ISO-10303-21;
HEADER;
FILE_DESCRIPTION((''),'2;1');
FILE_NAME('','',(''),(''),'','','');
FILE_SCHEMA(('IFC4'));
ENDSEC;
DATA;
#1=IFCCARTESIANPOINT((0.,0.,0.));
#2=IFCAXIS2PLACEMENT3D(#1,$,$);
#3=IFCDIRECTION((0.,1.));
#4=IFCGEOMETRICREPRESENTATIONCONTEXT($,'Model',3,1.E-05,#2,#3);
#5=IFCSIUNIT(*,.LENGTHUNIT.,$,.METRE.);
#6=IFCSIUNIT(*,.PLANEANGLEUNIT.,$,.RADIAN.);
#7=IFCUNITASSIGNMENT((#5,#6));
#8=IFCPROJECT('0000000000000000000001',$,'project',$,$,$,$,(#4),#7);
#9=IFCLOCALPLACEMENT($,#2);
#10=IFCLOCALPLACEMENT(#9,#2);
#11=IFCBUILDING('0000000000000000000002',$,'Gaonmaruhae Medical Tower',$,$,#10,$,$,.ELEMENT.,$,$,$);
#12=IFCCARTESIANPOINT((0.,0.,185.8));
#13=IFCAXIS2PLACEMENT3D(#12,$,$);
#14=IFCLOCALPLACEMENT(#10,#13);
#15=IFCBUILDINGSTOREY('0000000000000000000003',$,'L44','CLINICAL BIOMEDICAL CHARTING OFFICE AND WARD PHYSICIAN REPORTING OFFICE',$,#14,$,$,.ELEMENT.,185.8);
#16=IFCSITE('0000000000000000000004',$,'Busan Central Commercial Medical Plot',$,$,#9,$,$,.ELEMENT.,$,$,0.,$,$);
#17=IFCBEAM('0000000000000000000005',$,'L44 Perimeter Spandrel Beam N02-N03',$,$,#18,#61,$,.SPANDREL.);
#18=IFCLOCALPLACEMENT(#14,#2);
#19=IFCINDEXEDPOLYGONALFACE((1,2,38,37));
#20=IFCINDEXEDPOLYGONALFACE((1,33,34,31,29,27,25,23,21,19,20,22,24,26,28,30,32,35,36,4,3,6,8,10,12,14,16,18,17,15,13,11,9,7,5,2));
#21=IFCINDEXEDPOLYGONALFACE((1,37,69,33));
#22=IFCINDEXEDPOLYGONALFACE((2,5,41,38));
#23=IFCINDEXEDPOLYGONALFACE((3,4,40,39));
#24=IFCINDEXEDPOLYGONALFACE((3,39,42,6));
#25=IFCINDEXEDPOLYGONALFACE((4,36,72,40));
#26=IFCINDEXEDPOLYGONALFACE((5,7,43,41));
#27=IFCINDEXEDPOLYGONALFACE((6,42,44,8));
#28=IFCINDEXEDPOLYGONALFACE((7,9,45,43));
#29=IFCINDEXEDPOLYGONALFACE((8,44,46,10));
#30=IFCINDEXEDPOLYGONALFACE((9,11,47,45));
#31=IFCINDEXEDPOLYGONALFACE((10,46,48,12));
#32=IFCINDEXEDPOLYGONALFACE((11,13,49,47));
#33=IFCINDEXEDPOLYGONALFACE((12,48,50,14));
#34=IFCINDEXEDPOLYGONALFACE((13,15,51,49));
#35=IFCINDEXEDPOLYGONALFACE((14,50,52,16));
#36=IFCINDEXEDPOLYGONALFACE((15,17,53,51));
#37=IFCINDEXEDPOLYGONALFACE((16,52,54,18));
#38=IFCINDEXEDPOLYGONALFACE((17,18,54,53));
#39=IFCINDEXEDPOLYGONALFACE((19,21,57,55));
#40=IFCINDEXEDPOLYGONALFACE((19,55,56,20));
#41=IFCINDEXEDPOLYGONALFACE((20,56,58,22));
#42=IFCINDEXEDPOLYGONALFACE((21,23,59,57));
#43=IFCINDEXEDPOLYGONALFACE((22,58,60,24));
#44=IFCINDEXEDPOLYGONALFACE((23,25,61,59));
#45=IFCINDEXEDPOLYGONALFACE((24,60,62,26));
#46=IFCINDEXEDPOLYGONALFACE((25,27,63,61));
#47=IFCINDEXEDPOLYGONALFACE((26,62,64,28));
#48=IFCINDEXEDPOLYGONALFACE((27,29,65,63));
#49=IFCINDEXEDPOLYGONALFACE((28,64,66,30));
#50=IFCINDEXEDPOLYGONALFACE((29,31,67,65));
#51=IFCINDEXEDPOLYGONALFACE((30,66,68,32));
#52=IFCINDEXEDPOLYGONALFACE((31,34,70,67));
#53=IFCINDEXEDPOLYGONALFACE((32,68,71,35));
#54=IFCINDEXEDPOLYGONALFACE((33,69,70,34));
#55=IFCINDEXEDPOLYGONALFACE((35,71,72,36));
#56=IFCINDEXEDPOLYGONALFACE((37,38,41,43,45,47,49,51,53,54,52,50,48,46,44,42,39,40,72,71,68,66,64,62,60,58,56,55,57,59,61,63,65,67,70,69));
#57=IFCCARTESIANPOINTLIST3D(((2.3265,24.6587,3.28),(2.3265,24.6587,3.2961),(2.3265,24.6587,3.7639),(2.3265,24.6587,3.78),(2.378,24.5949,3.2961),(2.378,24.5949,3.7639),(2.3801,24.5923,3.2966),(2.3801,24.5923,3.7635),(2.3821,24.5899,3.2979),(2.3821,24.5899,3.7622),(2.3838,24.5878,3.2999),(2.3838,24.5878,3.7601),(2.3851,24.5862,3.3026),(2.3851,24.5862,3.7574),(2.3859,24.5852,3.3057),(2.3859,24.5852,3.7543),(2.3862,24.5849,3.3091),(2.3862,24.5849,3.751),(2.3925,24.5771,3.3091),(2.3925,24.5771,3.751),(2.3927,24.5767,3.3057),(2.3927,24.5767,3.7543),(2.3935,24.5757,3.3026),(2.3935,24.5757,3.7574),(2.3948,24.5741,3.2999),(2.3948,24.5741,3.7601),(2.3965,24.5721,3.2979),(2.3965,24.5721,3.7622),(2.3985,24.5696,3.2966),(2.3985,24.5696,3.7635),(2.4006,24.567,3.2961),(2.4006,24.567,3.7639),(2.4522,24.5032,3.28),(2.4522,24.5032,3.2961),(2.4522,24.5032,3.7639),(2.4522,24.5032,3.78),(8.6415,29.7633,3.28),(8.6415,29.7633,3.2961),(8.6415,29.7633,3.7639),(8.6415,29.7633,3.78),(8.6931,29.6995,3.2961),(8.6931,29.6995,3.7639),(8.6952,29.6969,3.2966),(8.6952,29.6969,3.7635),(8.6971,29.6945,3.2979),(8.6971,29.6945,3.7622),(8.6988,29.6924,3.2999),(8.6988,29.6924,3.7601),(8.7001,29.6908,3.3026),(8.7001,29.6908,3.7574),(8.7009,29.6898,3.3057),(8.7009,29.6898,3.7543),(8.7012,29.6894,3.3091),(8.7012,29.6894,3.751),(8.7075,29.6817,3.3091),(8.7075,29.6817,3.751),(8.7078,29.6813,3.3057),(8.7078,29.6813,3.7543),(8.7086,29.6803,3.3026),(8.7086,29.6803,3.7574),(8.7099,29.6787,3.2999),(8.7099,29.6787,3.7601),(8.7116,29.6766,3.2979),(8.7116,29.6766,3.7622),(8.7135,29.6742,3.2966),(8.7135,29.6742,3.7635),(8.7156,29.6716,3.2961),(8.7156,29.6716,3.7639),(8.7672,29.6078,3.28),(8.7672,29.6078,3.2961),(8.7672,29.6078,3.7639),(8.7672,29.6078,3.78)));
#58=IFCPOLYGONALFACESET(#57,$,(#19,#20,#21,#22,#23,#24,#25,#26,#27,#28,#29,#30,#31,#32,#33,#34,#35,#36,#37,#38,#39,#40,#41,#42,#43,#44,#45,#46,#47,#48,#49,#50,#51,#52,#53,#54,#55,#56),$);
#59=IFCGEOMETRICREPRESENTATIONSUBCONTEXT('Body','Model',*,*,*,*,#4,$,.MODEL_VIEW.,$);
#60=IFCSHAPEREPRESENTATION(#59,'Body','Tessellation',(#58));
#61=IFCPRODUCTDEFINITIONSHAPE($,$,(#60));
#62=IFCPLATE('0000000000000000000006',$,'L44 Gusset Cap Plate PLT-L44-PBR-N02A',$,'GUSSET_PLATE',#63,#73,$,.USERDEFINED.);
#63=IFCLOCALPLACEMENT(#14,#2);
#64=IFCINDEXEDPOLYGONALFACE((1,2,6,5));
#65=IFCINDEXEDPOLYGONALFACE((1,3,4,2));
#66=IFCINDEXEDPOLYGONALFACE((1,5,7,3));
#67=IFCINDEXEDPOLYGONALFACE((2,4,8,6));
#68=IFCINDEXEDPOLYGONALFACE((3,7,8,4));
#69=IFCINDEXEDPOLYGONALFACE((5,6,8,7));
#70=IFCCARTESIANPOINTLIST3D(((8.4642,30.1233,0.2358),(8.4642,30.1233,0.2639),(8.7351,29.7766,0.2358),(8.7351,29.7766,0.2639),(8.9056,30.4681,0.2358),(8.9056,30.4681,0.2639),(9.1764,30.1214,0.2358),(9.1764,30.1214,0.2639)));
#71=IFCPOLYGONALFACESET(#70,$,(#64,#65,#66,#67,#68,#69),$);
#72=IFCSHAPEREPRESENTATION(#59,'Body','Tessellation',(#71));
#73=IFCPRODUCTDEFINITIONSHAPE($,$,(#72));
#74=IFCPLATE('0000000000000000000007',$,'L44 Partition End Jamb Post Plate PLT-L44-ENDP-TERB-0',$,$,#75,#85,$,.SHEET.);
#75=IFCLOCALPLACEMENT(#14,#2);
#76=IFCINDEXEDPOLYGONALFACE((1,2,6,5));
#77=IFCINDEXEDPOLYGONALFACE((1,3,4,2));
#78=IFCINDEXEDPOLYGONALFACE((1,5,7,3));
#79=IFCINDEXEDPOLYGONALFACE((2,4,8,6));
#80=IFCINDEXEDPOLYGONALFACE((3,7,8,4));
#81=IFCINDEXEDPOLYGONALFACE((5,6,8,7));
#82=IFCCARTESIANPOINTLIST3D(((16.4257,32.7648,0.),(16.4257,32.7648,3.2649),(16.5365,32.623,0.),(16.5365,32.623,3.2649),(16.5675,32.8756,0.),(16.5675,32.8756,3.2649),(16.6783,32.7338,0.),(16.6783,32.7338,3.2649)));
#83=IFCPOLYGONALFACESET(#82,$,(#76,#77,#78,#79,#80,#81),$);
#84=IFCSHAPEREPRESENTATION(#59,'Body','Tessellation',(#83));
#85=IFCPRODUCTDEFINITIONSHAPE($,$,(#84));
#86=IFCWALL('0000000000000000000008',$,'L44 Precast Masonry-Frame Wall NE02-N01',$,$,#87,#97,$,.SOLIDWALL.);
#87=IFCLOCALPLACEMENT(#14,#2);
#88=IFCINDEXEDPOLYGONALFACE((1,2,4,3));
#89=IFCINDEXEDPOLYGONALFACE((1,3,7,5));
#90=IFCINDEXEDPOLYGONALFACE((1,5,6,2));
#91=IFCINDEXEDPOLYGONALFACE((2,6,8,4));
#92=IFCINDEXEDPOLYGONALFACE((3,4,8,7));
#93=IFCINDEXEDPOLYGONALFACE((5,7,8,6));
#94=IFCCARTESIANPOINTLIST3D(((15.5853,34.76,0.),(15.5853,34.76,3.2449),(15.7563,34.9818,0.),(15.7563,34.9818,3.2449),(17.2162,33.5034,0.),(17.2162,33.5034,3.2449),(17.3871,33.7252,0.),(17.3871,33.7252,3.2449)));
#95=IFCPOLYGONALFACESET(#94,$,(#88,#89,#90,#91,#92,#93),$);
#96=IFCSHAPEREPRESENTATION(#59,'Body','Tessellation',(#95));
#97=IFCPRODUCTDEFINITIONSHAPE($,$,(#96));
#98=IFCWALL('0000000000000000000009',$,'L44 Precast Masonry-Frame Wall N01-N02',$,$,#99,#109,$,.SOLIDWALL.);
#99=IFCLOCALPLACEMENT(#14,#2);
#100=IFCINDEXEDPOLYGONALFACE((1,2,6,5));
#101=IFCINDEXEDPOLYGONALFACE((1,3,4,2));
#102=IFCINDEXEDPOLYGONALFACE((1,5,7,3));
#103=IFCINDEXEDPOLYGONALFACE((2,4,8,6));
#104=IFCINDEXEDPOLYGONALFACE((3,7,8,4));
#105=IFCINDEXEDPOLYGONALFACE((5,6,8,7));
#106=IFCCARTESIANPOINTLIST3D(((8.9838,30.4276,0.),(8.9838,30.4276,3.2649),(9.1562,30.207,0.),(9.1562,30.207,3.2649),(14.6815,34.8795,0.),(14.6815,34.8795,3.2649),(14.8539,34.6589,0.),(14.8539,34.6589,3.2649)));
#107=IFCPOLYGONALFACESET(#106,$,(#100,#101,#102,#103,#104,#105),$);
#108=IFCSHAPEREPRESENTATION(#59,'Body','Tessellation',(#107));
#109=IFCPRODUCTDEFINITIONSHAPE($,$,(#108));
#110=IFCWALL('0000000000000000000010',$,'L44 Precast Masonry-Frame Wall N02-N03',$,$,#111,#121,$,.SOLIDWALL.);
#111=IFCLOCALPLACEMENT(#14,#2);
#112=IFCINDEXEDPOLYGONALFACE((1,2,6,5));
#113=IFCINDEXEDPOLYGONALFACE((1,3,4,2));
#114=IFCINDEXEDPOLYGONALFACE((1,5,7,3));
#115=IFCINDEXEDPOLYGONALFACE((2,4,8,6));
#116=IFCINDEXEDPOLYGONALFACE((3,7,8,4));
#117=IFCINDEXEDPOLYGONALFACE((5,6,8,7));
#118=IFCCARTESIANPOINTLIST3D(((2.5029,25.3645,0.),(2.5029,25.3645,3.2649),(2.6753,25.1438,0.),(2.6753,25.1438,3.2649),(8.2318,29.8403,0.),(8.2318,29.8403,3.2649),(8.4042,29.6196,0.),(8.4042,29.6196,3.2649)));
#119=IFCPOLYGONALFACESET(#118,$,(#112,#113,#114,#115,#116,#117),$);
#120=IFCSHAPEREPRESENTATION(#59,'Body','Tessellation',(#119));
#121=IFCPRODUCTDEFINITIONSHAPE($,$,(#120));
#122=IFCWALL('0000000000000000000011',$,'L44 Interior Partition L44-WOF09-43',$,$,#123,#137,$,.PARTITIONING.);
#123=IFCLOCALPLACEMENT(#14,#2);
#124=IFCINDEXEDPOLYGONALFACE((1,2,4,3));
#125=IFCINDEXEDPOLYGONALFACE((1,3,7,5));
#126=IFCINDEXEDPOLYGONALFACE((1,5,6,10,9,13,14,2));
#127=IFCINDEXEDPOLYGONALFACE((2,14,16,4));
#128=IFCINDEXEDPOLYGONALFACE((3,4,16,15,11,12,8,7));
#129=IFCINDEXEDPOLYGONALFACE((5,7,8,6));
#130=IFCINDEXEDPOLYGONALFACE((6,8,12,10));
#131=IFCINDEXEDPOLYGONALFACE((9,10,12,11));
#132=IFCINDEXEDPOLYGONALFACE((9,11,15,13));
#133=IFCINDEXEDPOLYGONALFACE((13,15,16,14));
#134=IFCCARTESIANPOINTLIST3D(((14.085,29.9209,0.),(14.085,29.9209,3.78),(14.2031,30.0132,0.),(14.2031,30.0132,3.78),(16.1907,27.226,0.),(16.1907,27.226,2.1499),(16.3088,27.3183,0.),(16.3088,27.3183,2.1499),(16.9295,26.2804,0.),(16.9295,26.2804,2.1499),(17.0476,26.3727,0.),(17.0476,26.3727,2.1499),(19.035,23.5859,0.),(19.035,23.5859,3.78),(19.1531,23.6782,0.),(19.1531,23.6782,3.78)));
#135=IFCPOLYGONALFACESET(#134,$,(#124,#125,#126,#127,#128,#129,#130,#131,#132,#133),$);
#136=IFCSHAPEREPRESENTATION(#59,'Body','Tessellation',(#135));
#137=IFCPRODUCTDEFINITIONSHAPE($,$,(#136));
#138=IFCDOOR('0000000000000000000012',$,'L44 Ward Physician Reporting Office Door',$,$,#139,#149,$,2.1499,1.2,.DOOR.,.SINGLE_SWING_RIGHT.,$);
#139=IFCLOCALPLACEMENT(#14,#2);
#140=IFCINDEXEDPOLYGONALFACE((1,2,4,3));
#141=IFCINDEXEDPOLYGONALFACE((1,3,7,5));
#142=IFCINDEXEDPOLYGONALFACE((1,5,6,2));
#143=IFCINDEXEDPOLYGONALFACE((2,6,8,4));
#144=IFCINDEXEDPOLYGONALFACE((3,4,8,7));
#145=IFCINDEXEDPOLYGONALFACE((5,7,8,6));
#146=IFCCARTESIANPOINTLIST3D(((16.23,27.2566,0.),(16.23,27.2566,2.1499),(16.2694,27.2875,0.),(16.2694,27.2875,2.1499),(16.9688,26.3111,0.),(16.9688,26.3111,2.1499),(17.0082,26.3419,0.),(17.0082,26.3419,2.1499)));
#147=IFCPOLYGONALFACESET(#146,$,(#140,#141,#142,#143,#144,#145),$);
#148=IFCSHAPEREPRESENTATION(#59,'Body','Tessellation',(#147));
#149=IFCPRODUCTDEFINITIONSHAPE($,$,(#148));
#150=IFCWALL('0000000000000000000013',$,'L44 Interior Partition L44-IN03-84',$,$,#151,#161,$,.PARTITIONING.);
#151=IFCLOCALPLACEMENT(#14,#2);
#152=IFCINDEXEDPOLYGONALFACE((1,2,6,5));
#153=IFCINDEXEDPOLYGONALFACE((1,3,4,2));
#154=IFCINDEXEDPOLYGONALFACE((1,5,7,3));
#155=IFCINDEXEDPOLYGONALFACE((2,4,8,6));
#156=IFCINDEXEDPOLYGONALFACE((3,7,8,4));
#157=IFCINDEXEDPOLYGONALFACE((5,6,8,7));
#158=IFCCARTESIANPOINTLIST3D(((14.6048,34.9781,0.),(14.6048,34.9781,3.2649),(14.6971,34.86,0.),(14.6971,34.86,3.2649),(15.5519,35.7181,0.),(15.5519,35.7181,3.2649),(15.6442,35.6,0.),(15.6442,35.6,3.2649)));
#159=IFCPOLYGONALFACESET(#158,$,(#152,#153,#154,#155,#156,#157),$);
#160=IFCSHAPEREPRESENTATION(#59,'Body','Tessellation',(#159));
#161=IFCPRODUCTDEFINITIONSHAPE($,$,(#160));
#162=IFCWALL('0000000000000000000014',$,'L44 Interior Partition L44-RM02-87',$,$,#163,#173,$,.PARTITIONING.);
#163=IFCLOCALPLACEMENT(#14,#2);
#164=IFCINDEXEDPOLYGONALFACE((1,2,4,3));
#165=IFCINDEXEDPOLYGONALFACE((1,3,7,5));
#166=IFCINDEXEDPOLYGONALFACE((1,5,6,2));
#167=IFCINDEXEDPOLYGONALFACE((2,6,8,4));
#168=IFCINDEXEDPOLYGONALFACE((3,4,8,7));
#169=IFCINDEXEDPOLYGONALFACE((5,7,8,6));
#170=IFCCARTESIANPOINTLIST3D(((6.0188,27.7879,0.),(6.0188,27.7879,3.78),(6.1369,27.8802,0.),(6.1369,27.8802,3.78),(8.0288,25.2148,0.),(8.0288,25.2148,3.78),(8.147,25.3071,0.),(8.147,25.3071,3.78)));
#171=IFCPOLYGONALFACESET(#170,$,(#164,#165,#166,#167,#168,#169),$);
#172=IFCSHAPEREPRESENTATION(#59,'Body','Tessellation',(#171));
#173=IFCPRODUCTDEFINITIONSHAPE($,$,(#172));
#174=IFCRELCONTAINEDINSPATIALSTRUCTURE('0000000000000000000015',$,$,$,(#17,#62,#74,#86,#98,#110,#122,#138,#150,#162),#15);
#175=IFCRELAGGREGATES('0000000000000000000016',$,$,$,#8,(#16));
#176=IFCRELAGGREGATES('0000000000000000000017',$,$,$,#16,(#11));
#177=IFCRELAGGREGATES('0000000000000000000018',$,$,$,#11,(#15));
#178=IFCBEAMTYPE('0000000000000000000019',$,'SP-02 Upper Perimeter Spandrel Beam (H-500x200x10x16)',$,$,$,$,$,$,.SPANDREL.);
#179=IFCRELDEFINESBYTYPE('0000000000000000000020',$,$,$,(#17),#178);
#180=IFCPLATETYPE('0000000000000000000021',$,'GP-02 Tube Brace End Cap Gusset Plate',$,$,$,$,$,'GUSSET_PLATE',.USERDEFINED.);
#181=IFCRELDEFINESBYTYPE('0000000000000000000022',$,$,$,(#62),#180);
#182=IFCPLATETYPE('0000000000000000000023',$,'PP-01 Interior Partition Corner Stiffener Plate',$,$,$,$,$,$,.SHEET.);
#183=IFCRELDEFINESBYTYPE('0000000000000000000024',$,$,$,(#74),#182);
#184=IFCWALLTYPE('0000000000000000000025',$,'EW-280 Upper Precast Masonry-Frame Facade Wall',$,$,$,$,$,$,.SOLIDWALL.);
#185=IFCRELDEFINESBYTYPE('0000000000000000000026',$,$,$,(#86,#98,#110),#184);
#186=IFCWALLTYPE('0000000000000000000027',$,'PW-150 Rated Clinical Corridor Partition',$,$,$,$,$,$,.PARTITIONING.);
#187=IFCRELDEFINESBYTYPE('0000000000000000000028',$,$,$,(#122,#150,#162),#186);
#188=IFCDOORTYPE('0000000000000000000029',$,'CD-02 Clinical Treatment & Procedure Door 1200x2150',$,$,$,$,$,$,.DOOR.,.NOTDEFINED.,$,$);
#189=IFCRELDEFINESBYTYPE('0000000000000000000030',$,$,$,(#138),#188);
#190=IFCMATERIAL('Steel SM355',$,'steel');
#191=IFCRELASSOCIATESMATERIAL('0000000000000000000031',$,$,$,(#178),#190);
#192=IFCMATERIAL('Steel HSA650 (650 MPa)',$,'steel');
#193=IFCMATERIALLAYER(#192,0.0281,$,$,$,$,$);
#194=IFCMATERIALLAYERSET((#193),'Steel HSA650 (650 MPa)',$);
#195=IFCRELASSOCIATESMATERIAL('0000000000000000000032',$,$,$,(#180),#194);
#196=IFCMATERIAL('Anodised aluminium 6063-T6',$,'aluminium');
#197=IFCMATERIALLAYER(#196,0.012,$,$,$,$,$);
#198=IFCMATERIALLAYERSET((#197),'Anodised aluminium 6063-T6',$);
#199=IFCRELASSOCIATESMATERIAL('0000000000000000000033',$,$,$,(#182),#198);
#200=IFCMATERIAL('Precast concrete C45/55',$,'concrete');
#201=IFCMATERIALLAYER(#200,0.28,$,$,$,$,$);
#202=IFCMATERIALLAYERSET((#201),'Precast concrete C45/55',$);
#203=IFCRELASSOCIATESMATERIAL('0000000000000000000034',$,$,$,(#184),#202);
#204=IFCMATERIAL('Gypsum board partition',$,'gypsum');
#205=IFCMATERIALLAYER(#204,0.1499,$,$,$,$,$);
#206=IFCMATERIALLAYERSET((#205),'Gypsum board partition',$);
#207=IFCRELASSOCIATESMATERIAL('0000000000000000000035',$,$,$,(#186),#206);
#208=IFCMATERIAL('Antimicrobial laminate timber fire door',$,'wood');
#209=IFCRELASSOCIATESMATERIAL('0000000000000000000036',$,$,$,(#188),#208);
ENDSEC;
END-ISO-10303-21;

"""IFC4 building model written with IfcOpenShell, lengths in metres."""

from ifc_helpers import new_model, si_unit, direction, frame, frame_2d, origin, origin_2d, place, context, subcontext, project, spatial, rectangle, i_section, extrude, material, layer, layer_set, material_profile, profile_set, type_object, element, fill, save


model = new_model("IFC4")

# Units and contexts
model_context = context("Model", 3, precision=1e-05, world=origin(), true_north=direction((0.0, 1.0)))
body_context = subcontext(model_context, "Body", "Model", "MODEL_VIEW")
ifc_project = project(units=[si_unit("LENGTHUNIT", "METRE"), si_unit("PLANEANGLEUNIT", "RADIAN")], contexts=[model_context])

# Site, building, storey
site_placement = place(None, origin())
site = spatial("IfcSite", under=ifc_project, at=site_placement, Name="Busan Central Commercial Medical Plot", CompositionType="ELEMENT", RefElevation=0.0)
building_placement = place(site_placement, origin())
building = spatial("IfcBuilding", under=site, at=building_placement, Name="Gaonmaruhae Medical Tower", CompositionType="ELEMENT")
storey_placement = place(building_placement, frame((0.0, 0.0, 185.8)))
storey = spatial("IfcBuildingStorey", under=building, at=storey_placement, Name="L44", Description="CLINICAL BIOMEDICAL CHARTING OFFICE AND WARD PHYSICIAN REPORTING OFFICE", CompositionType="ELEMENT", Elevation=185.8)

# Shared definitions
ifc_material_1 = material(Name="Steel SM355", Category="steel")

# Beam
ifc_material_profile_1 = material_profile(ifc_material_1, i_section(OverallWidth=0.2, OverallDepth=0.5, WebThickness=0.01, FlangeThickness=0.0161, FilletRadius=0.0129, at=origin_2d()), Name="H-500x200x10x16")
ifc_profile_set_1 = profile_set([ifc_material_profile_1], Name="Steel SM355")
beam_type_1 = type_object("IfcBeamType", Name="SP-02 Upper Perimeter Spandrel Beam (H-500x200x10x16)", PredefinedType="SPANDREL", material=ifc_profile_set_1)
beam_1_placement = place(storey_placement, frame((8.7043, 29.6855, 3.53), z_axis=(-0.777703, -0.628632, 0.0), x_axis=(0.628632, -0.777703, 0.0)))
element("IfcBeam", 1, at=beam_1_placement, inside=storey, type_object=beam_type_1, Name="L44 Perimeter Spandrel Beam N02-N03", PredefinedType="SPANDREL", context=body_context, shape_type="SweptSolid", body=[
    extrude(i_section(OverallWidth=0.2, OverallDepth=0.5, WebThickness=0.01, FlangeThickness=0.0161, FilletRadius=0.0129, at=origin_2d()), origin(), (0.0, 0.0, 1.0), 8.1201),
])

# Plates
ifc_material_2 = material(Name="Steel HSA650 (650 MPa)", Category="steel")
ifc_layer_1 = layer(ifc_material_2, 0.0281)
ifc_layer_set_1 = layer_set([ifc_layer_1], Name="Steel HSA650 (650 MPa)")
plate_type_1 = type_object("IfcPlateType", Name="GP-02 Tube Brace End Cap Gusset Plate", ElementType="GUSSET_PLATE", PredefinedType="USERDEFINED", material=ifc_layer_set_1)
plate_1_placement = place(storey_placement, frame((8.8203, 30.1223, 0.2358), z_axis=(0.0, 0.0, 1.0), x_axis=(0.788011, 0.615661, 0.0)))
element("IfcPlate", 2, at=plate_1_placement, inside=storey, type_object=plate_type_1, Name="L44 Gusset Cap Plate PLT-L44-PBR-N02A", ObjectType="GUSSET_PLATE", PredefinedType="USERDEFINED", context=body_context, shape_type="SweptSolid", body=[
    extrude(rectangle(XDim=0.5601, YDim=0.4399, at=origin_2d()), origin(), (0.0, 0.0, 1.0), 0.0281),
])
ifc_material_3 = material(Name="Anodised aluminium 6063-T6", Category="aluminium")
ifc_layer_2 = layer(ifc_material_3, 0.012)
ifc_layer_set_2 = layer_set([ifc_layer_2], Name="Anodised aluminium 6063-T6")
plate_type_2 = type_object("IfcPlateType", Name="PP-01 Interior Partition Corner Stiffener Plate", PredefinedType="SHEET", material=ifc_layer_set_2)
plate_2_placement = place(storey_placement, frame((16.552, 32.7493, 0.0), z_axis=(0.0, 0.0, 1.0), x_axis=(0.615661, -0.788011, 0.0)))
element("IfcPlate", 3, at=plate_2_placement, inside=storey, type_object=plate_type_2, Name="L44 Partition End Jamb Post Plate PLT-L44-ENDP-TERB-0", PredefinedType="SHEET", context=body_context, shape_type="SweptSolid", body=[
    extrude(rectangle(XDim=0.1799, YDim=0.1799, at=origin_2d()), origin(), (0.0, 0.0, 1.0), 3.2649),
])

# Walls
ifc_material_4 = material(Name="Precast concrete C45/55", Category="concrete")
ifc_layer_3 = layer(ifc_material_4, 0.28)
ifc_layer_set_3 = layer_set([ifc_layer_3], Name="Precast concrete C45/55")
wall_type_1 = type_object("IfcWallType", Name="EW-280 Upper Precast Masonry-Frame Facade Wall", PredefinedType="SOLIDWALL", material=ifc_layer_set_3)
wall_1_placement = place(storey_placement, frame((15.6709, 34.8708, 0.0), z_axis=(0.0, 0.0, 1.0), x_axis=(0.792134, -0.610347, 0.0)))
element("IfcWall", 4, at=wall_1_placement, inside=storey, type_object=wall_type_1, Name="L44 Precast Masonry-Frame Wall NE02-N01", PredefinedType="SOLIDWALL", context=body_context, shape_type="SweptSolid", body=[
    extrude(rectangle(XDim=2.0588, YDim=0.28, at=frame_2d((1.0293, 0.0))), origin(), (0.0, 0.0, 1.0), 3.2449),
])
wall_2_placement = place(storey_placement, frame((9.0701, 30.3174, 0.0), z_axis=(0.0, 0.0, 1.0), x_axis=(0.787989, 0.61569, 0.0)))
element("IfcWall", 5, at=wall_2_placement, inside=storey, type_object=wall_type_1, Name="L44 Precast Masonry-Frame Wall N01-N02", PredefinedType="SOLIDWALL", context=body_context, shape_type="SweptSolid", body=[
    extrude(rectangle(XDim=7.2307, YDim=0.28, at=frame_2d((3.6152, 0.0))), origin(), (0.0, 0.0, 1.0), 3.2649),
])
wall_3_placement = place(storey_placement, frame((2.5891, 25.2542, 0.0), z_axis=(0.0, 0.0, 1.0), x_axis=(0.788021, 0.615648, 0.0)))
element("IfcWall", 6, at=wall_3_placement, inside=storey, type_object=wall_type_1, Name="L44 Precast Masonry-Frame Wall N02-N03", PredefinedType="SOLIDWALL", context=body_context, shape_type="SweptSolid", body=[
    extrude(rectangle(XDim=7.27, YDim=0.28, at=frame_2d((3.635, 0.0))), origin(), (0.0, 0.0, 1.0), 3.2649),
])

# Wall, opening, door
ifc_material_5 = material(Name="Gypsum board partition", Category="gypsum")
ifc_layer_4 = layer(ifc_material_5, 0.1499)
ifc_layer_set_4 = layer_set([ifc_layer_4], Name="Gypsum board partition")
wall_type_2 = type_object("IfcWallType", Name="PW-150 Rated Clinical Corridor Partition", PredefinedType="PARTITIONING", material=ifc_layer_set_4)
wall_4_placement = place(storey_placement, frame((14.144, 29.967, 0.0), z_axis=(0.0, 0.0, 1.0), x_axis=(0.615703, -0.787978, 0.0)))
wall_4 = element("IfcWall", 7, at=wall_4_placement, inside=storey, type_object=wall_type_2, Name="L44 Interior Partition L44-WOF09-43", PredefinedType="PARTITIONING", context=body_context, shape_type="SweptSolid", body=[
    extrude(rectangle(XDim=8.0396, YDim=0.1499, at=frame_2d((4.0198, 0.0))), origin(), (0.0, 0.0, 1.0), 3.78),
])
opening_placement = place(wall_4_placement, frame((3.4199, 0.0, 0.0)))
opening = element("IfcOpeningElement", 8, at=opening_placement, cuts=wall_4, PredefinedType="OPENING", context=body_context, shape_type="SweptSolid", body=[
    extrude(rectangle(XDim=1.2, YDim=2.1499, at=frame_2d((0.6001, 1.075))), frame((0.0, 0.085, 0.0), z_axis=(0.0, -1.0, 0.0), x_axis=(1.0, 0.0, 0.0)), (0.0, 0.0, 1.0), 0.1699),
])
ifc_material_6 = material(Name="Antimicrobial laminate timber fire door", Category="wood")
door_type = type_object("IfcDoorType", Name="CD-02 Clinical Treatment & Procedure Door 1200x2150", OperationType="NOTDEFINED", PredefinedType="DOOR", material=ifc_material_6)
door_placement = place(opening_placement, origin())
door = element("IfcDoor", 9, at=door_placement, inside=storey, type_object=door_type, Name="L44 Ward Physician Reporting Office Door", OperationType="SINGLE_SWING_RIGHT", OverallHeight=2.1499, OverallWidth=1.2, PredefinedType="DOOR", context=body_context, shape_type="SweptSolid", body=[
    extrude(rectangle(XDim=1.2, YDim=2.1499, at=frame_2d((0.6001, 1.075))), frame((0.0, 0.0249, 0.0), z_axis=(0.0, -1.0, 0.0), x_axis=(1.0, 0.0, 0.0)), (0.0, 0.0, 1.0), 0.05),
])
fill(opening, door)

# Walls
wall_5_placement = place(storey_placement, frame((14.6509, 34.9189, 0.0), z_axis=(0.0, 0.0, 1.0), x_axis=(0.787972, 0.615711, 0.0)))
element("IfcWall", 10, at=wall_5_placement, inside=storey, type_object=wall_type_2, Name="L44 Interior Partition L44-IN03-84", PredefinedType="PARTITIONING", context=body_context, shape_type="SweptSolid", body=[
    extrude(rectangle(XDim=1.2019, YDim=0.1499, at=frame_2d((0.6011, 0.0))), origin(), (0.0, 0.0, 1.0), 3.2649),
])
wall_6_placement = place(storey_placement, frame((8.0879, 25.261, 0.0), z_axis=(0.0, 0.0, 1.0), x_axis=(-0.615616, 0.788046, 0.0)))
element("IfcWall", 11, at=wall_6_placement, inside=storey, type_object=wall_type_2, Name="L44 Interior Partition L44-RM02-87", PredefinedType="PARTITIONING", context=body_context, shape_type="SweptSolid", body=[
    extrude(rectangle(XDim=3.2651, YDim=0.1499, at=frame_2d((1.6326, 0.0))), origin(), (0.0, 0.0, 1.0), 3.78),
])

save(model, "model.ifc")
